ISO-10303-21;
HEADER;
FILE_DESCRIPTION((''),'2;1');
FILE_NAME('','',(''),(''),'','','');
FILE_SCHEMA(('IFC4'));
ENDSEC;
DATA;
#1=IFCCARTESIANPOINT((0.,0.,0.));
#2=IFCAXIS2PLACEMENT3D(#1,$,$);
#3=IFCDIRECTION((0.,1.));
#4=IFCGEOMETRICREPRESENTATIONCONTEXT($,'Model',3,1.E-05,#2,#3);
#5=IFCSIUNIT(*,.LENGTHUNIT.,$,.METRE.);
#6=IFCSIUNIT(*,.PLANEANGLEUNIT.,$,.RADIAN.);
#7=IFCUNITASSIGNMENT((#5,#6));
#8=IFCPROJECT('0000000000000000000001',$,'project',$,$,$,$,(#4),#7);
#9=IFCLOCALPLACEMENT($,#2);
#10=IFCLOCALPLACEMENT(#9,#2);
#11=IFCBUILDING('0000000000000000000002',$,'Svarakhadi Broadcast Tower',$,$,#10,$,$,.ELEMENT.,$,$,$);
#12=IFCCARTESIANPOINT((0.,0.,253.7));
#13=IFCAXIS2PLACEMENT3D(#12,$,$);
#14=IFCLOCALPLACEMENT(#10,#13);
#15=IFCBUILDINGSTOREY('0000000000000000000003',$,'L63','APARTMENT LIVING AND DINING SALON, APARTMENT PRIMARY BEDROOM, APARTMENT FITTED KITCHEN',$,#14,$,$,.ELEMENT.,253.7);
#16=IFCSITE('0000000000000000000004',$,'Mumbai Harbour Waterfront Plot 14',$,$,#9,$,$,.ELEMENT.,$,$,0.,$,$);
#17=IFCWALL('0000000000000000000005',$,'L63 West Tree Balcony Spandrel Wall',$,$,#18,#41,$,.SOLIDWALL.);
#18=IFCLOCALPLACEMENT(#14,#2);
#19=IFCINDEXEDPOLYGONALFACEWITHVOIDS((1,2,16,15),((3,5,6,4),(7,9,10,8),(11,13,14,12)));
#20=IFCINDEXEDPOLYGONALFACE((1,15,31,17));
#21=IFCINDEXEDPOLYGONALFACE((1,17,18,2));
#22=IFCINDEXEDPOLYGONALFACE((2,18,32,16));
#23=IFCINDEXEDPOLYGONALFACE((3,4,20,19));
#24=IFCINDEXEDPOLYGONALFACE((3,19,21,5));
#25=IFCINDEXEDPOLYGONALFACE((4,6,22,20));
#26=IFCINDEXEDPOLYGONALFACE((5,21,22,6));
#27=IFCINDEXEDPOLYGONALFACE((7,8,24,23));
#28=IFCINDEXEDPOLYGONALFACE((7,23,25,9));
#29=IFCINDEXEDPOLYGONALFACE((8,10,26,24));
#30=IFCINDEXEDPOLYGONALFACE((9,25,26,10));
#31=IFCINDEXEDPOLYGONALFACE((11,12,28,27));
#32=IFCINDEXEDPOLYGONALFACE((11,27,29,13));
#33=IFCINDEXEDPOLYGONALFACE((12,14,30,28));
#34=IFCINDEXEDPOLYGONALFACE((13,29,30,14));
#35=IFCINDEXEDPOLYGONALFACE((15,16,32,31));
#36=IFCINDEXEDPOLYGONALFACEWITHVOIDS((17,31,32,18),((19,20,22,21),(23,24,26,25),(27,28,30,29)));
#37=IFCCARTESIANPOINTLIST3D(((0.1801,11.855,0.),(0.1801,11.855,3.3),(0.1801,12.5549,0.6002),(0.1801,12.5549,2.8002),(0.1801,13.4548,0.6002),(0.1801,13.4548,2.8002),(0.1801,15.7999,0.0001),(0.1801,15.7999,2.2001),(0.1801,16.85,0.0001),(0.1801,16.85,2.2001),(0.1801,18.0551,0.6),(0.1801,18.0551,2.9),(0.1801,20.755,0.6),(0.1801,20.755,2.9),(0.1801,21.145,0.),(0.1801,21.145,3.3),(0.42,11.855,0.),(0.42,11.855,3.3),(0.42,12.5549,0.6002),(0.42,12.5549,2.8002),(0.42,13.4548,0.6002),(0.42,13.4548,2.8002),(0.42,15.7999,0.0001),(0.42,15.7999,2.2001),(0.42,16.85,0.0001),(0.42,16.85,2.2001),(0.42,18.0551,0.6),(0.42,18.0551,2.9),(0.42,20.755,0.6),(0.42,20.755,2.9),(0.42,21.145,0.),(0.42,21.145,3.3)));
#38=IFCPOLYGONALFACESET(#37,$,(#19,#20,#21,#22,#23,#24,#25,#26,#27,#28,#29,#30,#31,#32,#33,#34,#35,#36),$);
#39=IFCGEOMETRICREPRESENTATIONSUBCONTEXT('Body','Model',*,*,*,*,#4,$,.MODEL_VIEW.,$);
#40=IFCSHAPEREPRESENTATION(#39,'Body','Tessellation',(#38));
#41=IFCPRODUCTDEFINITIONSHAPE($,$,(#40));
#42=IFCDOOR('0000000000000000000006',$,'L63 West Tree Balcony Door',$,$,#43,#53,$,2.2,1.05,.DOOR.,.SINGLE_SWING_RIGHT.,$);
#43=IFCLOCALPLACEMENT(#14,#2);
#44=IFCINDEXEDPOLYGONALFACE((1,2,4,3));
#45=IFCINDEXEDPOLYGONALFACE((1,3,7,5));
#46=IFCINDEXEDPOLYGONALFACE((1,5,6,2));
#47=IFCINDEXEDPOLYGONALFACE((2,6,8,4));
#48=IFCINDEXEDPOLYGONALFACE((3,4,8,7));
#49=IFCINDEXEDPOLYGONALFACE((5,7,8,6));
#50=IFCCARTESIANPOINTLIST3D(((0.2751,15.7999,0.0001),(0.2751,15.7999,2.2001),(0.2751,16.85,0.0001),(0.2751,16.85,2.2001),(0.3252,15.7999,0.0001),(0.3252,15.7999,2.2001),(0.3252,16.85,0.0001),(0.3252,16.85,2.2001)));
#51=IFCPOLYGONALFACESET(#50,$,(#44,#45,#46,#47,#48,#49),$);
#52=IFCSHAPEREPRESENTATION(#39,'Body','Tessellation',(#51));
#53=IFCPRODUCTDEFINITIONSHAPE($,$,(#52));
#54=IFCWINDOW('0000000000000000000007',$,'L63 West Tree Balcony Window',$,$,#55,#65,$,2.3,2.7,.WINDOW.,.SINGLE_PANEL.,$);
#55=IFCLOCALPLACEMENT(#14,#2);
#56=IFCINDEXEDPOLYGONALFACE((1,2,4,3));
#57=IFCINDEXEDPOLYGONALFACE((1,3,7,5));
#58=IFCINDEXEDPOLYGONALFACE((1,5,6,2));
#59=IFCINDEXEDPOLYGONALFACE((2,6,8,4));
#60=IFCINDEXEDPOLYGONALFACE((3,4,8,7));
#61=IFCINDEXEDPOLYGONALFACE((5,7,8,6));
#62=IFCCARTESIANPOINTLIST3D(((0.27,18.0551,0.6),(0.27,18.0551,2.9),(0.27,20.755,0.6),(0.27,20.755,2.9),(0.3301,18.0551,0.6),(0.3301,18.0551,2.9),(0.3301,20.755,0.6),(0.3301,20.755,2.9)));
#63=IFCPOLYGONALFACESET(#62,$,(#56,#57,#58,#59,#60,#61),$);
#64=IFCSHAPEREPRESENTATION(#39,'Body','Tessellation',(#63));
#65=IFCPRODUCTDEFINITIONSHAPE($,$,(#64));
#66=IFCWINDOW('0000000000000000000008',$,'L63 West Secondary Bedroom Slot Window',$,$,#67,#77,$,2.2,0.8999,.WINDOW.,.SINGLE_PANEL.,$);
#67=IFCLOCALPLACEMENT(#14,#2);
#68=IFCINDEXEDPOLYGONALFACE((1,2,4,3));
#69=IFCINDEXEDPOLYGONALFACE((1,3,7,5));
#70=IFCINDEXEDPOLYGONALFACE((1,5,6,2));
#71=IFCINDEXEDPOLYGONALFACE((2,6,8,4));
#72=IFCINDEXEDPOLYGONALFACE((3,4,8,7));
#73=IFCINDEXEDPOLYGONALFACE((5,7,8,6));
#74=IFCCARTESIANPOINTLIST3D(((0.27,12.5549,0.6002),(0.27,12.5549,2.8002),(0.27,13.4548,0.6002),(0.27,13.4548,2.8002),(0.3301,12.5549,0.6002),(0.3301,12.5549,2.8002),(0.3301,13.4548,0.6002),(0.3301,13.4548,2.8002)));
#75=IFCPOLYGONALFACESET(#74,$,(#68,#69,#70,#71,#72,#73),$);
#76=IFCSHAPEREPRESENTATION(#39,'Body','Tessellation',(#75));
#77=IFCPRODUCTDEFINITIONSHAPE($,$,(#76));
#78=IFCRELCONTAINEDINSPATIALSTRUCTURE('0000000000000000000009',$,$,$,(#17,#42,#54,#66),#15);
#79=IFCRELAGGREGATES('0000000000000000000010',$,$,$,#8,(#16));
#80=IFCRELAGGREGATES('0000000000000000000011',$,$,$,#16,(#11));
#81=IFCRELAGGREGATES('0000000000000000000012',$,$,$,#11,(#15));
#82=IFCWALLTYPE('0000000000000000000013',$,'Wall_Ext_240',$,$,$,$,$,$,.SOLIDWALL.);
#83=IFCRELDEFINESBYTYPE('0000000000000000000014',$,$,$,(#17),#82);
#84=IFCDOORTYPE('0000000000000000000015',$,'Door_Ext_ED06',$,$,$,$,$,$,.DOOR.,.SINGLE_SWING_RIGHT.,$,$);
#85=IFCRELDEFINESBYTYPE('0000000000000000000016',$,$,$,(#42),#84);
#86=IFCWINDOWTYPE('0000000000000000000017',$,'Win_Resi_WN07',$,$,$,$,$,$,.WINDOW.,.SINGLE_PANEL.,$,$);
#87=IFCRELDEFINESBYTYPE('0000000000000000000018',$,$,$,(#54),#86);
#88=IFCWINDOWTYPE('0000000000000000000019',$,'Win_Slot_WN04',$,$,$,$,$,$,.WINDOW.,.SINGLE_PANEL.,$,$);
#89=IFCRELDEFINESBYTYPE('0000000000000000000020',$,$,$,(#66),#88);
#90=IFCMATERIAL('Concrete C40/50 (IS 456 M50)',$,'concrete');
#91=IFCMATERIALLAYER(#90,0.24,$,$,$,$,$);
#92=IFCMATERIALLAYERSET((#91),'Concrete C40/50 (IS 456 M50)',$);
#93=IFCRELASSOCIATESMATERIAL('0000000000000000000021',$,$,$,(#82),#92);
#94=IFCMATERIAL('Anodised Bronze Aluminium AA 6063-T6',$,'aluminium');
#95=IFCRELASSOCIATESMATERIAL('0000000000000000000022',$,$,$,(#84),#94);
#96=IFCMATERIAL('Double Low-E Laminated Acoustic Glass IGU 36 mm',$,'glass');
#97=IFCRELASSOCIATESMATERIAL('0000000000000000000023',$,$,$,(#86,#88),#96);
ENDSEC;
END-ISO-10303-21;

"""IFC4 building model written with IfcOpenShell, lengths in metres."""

from ifc_helpers import new_model, si_unit, direction, frame, frame_2d, origin, place, context, subcontext, project, spatial, rectangle, extrude, material, layer, layer_set, type_object, element, fill, save


model = new_model("IFC4")

# Units and contexts
model_context = context("Model", 3, precision=1e-05, world=origin(), true_north=direction((0.0, 1.0)))
body_context = subcontext(model_context, "Body", "Model", "MODEL_VIEW")
ifc_project = project(units=[si_unit("LENGTHUNIT", "METRE"), si_unit("PLANEANGLEUNIT", "RADIAN")], contexts=[model_context])

# Site, building, storey
site_placement = place(None, origin())
site = spatial("IfcSite", under=ifc_project, at=site_placement, Name="Mumbai Harbour Waterfront Plot 14", CompositionType="ELEMENT", RefElevation=0.0)
building_placement = place(site_placement, origin())
building = spatial("IfcBuilding", under=site, at=building_placement, Name="Svarakhadi Broadcast Tower", CompositionType="ELEMENT")
storey_placement = place(building_placement, frame((0.0, 0.0, 253.7)))
storey = spatial("IfcBuildingStorey", under=building, at=storey_placement, Name="L63", Description="APARTMENT LIVING AND DINING SALON, APARTMENT PRIMARY BEDROOM, APARTMENT FITTED KITCHEN", CompositionType="ELEMENT", Elevation=253.7)

# Shared definitions
ifc_material_1 = material(Name="Anodised Bronze Aluminium AA 6063-T6", Category="aluminium")

# Shared definitions
ifc_material_2 = material(Name="Double Low-E Laminated Acoustic Glass IGU 36 mm", Category="glass")

# Wall, openings, door, windows
ifc_material_3 = material(Name="Concrete C40/50 (IS 456 M50)", Category="concrete")
ifc_layer_1 = layer(ifc_material_3, 0.24)
ifc_layer_set_1 = layer_set([ifc_layer_1], Name="Concrete C40/50 (IS 456 M50)")
wall_type = type_object("IfcWallType", Name="Wall_Ext_240", PredefinedType="SOLIDWALL", material=ifc_layer_set_1)
wall_placement = place(storey_placement, frame((0.3, 11.855, 0.0), z_axis=(0.0, 0.0, 1.0), x_axis=(0.0, 1.0, 0.0)))
wall = element("IfcWall", 1, at=wall_placement, inside=storey, type_object=wall_type, Name="L63 West Tree Balcony Spandrel Wall", PredefinedType="SOLIDWALL", context=body_context, shape_type="SweptSolid", body=[
    extrude(rectangle(XDim=9.29, YDim=0.24, at=frame_2d((4.645, 0.0))), origin(), (0.0, 0.0, 1.0), 3.3),
])
opening_1_placement = place(wall_placement, frame((3.9451, 0.0, 0.0)))
opening_1 = element("IfcOpeningElement", 2, at=opening_1_placement, cuts=wall, PredefinedType="OPENING", context=body_context, shape_type="SweptSolid", body=[
    extrude(rectangle(XDim=1.05, YDim=2.2, at=frame_2d((0.5249, 1.1001))), frame((0.0, 0.1299, 0.0), z_axis=(0.0, -1.0, 0.0), x_axis=(1.0, 0.0, 0.0)), (0.0, 0.0, 1.0), 0.26),
])
opening_2_placement = place(wall_placement, frame((6.2, 0.0, 0.6001)))
opening_2 = element("IfcOpeningElement", 3, at=opening_2_placement, cuts=wall, PredefinedType="OPENING", context=body_context, shape_type="SweptSolid", body=[
    extrude(rectangle(XDim=2.7, YDim=2.3, at=frame_2d((1.3501, 1.1499))), frame((0.0, 0.1299, 0.0), z_axis=(0.0, -1.0, 0.0), x_axis=(1.0, 0.0, 0.0)), (0.0, 0.0, 1.0), 0.26),
])
opening_3_placement = place(wall_placement, frame((0.7, 0.0, 0.6001)))
opening_3 = element("IfcOpeningElement", 4, at=opening_3_placement, cuts=wall, PredefinedType="OPENING", context=body_context, shape_type="SweptSolid", body=[
    extrude(rectangle(XDim=0.8999, YDim=2.2, at=frame_2d((0.45, 1.1001))), frame((0.0, 0.1299, 0.0), z_axis=(0.0, -1.0, 0.0), x_axis=(1.0, 0.0, 0.0)), (0.0, 0.0, 1.0), 0.26),
])
door_type = type_object("IfcDoorType", Name="Door_Ext_ED06", OperationType="SINGLE_SWING_RIGHT", PredefinedType="DOOR", material=ifc_material_1)
door_placement = place(opening_1_placement, origin())
door = element("IfcDoor", 5, at=door_placement, inside=storey, type_object=door_type, Name="L63 West Tree Balcony Door", OperationType="SINGLE_SWING_RIGHT", OverallHeight=2.2, OverallWidth=1.05, PredefinedType="DOOR", context=body_context, shape_type="SweptSolid", body=[
    extrude(rectangle(XDim=1.05, YDim=2.2, at=frame_2d((0.5249, 1.1001))), frame((0.0, 0.0249, 0.0), z_axis=(0.0, -1.0, 0.0), x_axis=(1.0, 0.0, 0.0)), (0.0, 0.0, 1.0), 0.05),
])
fill(opening_1, door)
window_type_1 = type_object("IfcWindowType", Name="Win_Resi_WN07", PartitioningType="SINGLE_PANEL", PredefinedType="WINDOW", material=ifc_material_2)
window_1_placement = place(opening_2_placement, origin())
window_1 = element("IfcWindow", 6, at=window_1_placement, inside=storey, type_object=window_type_1, Name="L63 West Tree Balcony Window", OverallHeight=2.3, OverallWidth=2.7, PartitioningType="SINGLE_PANEL", PredefinedType="WINDOW", context=body_context, shape_type="SweptSolid", body=[
    extrude(rectangle(XDim=2.7, YDim=2.3, at=frame_2d((1.3501, 1.1499))), frame((0.0, 0.03, 0.0), z_axis=(0.0, -1.0, 0.0), x_axis=(1.0, 0.0, 0.0)), (0.0, 0.0, 1.0), 0.0601),
])
fill(opening_2, window_1)
window_type_2 = type_object("IfcWindowType", Name="Win_Slot_WN04", PartitioningType="SINGLE_PANEL", PredefinedType="WINDOW", material=ifc_material_2)
window_2_placement = place(opening_3_placement, origin())
window_2 = element("IfcWindow", 7, at=window_2_placement, inside=storey, type_object=window_type_2, Name="L63 West Secondary Bedroom Slot Window", OverallHeight=2.2, OverallWidth=0.8999, PartitioningType="SINGLE_PANEL", PredefinedType="WINDOW", context=body_context, shape_type="SweptSolid", body=[
    extrude(rectangle(XDim=0.8999, YDim=2.2, at=frame_2d((0.45, 1.1001))), frame((0.0, 0.03, 0.0), z_axis=(0.0, -1.0, 0.0), x_axis=(1.0, 0.0, 0.0)), (0.0, 0.0, 1.0), 0.0601),
])
fill(opening_3, window_2)

save(model, "model.ifc")
